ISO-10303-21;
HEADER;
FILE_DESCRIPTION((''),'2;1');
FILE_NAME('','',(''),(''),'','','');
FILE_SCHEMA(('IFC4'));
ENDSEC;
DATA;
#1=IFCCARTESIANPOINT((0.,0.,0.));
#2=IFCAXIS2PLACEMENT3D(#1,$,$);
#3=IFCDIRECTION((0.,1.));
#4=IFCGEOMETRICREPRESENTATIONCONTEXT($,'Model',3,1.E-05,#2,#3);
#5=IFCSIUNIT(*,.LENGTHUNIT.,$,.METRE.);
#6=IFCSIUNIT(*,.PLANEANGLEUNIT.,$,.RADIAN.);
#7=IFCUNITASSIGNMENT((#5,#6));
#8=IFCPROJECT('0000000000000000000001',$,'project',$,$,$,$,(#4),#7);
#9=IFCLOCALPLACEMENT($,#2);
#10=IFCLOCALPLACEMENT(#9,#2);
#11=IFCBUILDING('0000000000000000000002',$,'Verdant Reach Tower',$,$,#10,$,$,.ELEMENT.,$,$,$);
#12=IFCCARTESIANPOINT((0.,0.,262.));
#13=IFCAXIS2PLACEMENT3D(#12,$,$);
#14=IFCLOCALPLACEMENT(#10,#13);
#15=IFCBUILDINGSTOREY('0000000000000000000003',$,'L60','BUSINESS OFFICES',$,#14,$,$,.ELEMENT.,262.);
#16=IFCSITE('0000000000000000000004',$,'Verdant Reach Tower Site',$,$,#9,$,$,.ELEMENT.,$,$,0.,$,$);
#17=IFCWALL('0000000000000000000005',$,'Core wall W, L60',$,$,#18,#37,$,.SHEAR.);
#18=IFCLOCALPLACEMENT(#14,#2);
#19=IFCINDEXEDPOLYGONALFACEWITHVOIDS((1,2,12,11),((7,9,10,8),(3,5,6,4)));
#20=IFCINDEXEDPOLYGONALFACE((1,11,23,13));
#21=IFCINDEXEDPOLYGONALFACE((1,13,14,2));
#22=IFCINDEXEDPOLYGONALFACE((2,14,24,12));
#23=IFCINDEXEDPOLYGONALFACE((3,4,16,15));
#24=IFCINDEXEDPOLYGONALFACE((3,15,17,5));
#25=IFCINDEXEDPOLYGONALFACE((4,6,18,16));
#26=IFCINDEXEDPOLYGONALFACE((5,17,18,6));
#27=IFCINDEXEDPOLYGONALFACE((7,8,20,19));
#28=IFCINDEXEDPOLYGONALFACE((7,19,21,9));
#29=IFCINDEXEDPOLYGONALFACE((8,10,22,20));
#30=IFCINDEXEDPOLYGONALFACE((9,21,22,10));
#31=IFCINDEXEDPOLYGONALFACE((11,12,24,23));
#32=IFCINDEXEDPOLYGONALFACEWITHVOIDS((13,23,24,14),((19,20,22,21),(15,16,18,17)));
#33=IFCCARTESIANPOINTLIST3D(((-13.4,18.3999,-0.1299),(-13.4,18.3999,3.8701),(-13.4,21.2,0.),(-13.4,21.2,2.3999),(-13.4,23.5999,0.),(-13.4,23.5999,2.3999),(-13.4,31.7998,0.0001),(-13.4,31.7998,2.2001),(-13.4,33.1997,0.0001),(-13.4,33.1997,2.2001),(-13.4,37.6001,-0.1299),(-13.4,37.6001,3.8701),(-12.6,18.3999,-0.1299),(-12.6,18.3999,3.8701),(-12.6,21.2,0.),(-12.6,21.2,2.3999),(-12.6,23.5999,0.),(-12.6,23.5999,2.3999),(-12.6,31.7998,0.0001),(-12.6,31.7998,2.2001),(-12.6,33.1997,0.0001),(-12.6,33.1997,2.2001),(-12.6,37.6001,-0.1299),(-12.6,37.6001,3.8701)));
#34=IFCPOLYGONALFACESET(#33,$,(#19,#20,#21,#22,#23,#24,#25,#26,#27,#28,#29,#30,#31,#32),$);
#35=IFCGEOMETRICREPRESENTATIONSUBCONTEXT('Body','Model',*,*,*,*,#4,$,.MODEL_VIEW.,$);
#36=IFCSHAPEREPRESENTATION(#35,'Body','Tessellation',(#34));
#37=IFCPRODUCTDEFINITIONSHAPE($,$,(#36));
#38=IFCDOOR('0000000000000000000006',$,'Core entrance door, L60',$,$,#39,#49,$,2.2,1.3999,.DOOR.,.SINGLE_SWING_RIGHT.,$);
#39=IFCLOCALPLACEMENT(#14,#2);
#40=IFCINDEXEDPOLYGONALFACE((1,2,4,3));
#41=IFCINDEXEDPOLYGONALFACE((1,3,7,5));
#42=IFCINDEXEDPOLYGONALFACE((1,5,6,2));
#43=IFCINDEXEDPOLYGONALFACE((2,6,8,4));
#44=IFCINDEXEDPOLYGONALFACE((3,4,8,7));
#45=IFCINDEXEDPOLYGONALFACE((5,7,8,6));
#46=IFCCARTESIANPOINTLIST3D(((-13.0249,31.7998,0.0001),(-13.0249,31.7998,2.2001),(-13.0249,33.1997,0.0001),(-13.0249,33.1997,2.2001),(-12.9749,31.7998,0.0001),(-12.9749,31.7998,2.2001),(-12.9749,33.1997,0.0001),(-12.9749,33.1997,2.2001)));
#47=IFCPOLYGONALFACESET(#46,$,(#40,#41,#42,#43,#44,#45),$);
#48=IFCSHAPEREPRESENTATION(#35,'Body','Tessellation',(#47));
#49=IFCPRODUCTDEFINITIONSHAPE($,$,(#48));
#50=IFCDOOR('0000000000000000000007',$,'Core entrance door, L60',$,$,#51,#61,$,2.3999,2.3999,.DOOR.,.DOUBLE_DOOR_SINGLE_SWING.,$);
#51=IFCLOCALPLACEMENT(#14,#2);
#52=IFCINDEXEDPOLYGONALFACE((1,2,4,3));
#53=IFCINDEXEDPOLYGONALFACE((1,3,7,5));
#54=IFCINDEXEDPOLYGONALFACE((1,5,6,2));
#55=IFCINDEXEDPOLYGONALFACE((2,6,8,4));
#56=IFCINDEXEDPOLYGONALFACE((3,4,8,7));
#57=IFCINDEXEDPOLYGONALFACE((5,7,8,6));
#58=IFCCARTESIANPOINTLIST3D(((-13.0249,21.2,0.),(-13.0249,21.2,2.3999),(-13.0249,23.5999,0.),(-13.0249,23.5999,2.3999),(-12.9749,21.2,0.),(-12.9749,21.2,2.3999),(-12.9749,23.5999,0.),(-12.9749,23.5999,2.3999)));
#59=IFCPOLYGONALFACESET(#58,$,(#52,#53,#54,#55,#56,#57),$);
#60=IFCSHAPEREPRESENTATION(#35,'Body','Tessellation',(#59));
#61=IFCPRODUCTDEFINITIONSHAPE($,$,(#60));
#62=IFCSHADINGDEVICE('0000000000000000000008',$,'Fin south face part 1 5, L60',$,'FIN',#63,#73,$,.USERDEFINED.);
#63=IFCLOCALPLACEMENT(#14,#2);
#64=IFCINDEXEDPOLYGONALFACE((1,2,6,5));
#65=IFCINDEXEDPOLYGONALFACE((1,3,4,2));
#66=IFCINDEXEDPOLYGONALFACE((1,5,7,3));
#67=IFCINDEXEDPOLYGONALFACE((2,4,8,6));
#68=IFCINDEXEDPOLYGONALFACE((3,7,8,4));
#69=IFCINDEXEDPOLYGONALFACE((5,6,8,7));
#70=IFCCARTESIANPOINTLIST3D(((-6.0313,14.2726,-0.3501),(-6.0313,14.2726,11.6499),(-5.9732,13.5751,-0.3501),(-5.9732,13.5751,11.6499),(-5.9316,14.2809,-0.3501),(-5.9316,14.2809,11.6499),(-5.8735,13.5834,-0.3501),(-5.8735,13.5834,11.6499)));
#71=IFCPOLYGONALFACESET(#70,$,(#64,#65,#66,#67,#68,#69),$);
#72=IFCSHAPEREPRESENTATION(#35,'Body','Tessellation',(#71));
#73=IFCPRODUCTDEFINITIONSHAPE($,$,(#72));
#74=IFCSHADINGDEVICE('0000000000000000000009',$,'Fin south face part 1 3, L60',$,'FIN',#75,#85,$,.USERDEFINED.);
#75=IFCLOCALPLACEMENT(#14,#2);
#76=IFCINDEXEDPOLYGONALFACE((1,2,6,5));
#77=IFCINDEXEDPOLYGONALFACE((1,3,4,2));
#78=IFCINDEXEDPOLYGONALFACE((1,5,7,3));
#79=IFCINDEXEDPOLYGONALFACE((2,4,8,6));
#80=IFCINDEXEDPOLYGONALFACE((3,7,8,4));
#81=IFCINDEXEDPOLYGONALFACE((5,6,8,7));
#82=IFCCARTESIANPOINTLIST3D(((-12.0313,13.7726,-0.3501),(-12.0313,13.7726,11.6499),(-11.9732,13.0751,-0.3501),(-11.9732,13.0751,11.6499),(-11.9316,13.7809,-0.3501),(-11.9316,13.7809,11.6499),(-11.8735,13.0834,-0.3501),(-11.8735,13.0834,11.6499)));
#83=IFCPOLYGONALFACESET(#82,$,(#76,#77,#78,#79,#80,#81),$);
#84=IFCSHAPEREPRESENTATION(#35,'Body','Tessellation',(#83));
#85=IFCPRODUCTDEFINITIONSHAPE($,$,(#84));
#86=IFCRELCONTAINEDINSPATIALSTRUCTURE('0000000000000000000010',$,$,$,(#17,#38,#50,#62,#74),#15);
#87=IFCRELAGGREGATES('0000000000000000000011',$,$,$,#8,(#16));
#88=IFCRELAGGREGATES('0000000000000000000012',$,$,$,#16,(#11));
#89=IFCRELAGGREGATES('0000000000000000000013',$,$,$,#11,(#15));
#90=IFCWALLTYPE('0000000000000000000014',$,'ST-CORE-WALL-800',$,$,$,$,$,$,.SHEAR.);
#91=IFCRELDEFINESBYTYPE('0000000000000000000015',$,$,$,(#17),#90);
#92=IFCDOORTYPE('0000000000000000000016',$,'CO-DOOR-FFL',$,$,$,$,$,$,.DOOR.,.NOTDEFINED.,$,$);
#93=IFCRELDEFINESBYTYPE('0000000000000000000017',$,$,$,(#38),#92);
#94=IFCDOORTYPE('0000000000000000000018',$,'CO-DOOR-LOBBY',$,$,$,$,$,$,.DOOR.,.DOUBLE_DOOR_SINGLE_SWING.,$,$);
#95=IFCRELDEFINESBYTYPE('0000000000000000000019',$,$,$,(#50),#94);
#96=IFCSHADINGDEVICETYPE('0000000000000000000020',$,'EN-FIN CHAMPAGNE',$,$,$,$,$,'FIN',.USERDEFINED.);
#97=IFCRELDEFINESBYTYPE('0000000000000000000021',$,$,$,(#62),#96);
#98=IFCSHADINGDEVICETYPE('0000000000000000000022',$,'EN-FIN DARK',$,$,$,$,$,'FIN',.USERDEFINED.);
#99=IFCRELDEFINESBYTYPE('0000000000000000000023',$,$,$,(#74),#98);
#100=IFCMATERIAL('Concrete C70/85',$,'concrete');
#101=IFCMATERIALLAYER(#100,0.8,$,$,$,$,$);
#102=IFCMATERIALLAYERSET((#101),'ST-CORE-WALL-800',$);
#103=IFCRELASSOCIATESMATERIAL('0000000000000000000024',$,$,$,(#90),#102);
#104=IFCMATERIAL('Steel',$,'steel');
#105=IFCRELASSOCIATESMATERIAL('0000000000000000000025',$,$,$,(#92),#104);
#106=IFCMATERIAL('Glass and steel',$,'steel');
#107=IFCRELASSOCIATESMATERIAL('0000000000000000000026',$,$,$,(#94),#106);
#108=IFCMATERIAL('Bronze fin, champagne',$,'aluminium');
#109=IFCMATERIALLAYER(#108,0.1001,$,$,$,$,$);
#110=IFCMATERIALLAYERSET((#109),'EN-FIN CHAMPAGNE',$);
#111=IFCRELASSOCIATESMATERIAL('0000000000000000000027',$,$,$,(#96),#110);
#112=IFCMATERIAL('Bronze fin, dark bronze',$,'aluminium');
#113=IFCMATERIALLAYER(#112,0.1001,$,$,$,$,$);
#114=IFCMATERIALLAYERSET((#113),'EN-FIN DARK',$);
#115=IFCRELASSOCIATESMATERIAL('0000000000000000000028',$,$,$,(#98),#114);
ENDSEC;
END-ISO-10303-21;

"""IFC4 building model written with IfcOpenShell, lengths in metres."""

from ifc_helpers import new_model, si_unit, direction, frame, frame_2d, origin, origin_2d, place, context, subcontext, project, spatial, rectangle, extrude, material, layer, layer_set, type_object, element, fill, save


model = new_model("IFC4")

# Units and contexts
model_context = context("Model", 3, precision=1e-05, world=origin(), true_north=direction((0.0, 1.0)))
body_context = subcontext(model_context, "Body", "Model", "MODEL_VIEW")
ifc_project = project(units=[si_unit("LENGTHUNIT", "METRE"), si_unit("PLANEANGLEUNIT", "RADIAN")], contexts=[model_context])

# Site, building, storey
site_placement = place(None, origin())
site = spatial("IfcSite", under=ifc_project, at=site_placement, Name="Verdant Reach Tower Site", CompositionType="ELEMENT", RefElevation=0.0)
building_placement = place(site_placement, origin())
building = spatial("IfcBuilding", under=site, at=building_placement, Name="Verdant Reach Tower", CompositionType="ELEMENT")
storey_placement = place(building_placement, frame((0.0, 0.0, 262.0)))
storey = spatial("IfcBuildingStorey", under=building, at=storey_placement, Name="L60", Description="BUSINESS OFFICES", CompositionType="ELEMENT", Elevation=262.0)

# Shared definitions
ifc_material_1 = material(Name="Concrete C70/85", Category="concrete")
ifc_material_2 = material(Name="Steel", Category="steel")

# Shared definitions
ifc_layer_1 = layer(ifc_material_1, 0.8)
ifc_layer_set_1 = layer_set([ifc_layer_1], Name="ST-CORE-WALL-800")
wall_type_1 = type_object("IfcWallType", Name="ST-CORE-WALL-800", PredefinedType="SHEAR", material=ifc_layer_set_1)

# Wall, openings, doors
wall_1_placement = place(storey_placement, frame((-13.0, 18.3999, -0.1299), z_axis=(0.0, 0.0, 1.0), x_axis=(0.0, 1.0, 0.0)))
wall_1 = element("IfcWall", 1, at=wall_1_placement, inside=storey, type_object=wall_type_1, Name="Core wall W, L60", PredefinedType="SHEAR", context=body_context, shape_type="SweptSolid", body=[
    extrude(rectangle(XDim=19.2002, YDim=0.8, at=frame_2d((9.6001, 0.0))), origin(), (0.0, 0.0, 1.0), 4.0),
])
opening_1_placement = place(wall_1_placement, frame((2.8, 0.0, 0.1299)))
opening_1 = element("IfcOpeningElement", 2, at=opening_1_placement, cuts=wall_1, PredefinedType="OPENING", context=body_context, shape_type="SweptSolid", body=[
    extrude(rectangle(XDim=2.3999, YDim=2.3999, at=frame_2d((1.2, 1.2))), frame((0.0, 0.4099, 0.0), z_axis=(0.0, -1.0, 0.0), x_axis=(1.0, 0.0, 0.0)), (0.0, 0.0, 1.0), 0.8201),
])
opening_2_placement = place(wall_1_placement, frame((13.3999, 0.0, 0.1299)))
opening_2 = element("IfcOpeningElement", 3, at=opening_2_placement, cuts=wall_1, PredefinedType="OPENING", context=body_context, shape_type="SweptSolid", body=[
    extrude(rectangle(XDim=1.3999, YDim=2.2, at=frame_2d((0.7, 1.1001))), frame((0.0, 0.4099, 0.0), z_axis=(0.0, -1.0, 0.0), x_axis=(1.0, 0.0, 0.0)), (0.0, 0.0, 1.0), 0.8201),
])
door_type_1 = type_object("IfcDoorType", Name="CO-DOOR-FFL", OperationType="NOTDEFINED", PredefinedType="DOOR", material=ifc_material_2)
door_1_placement = place(opening_2_placement, origin())
door_1 = element("IfcDoor", 4, at=door_1_placement, inside=storey, type_object=door_type_1, Name="Core entrance door, L60", OperationType="SINGLE_SWING_RIGHT", OverallHeight=2.2, OverallWidth=1.3999, PredefinedType="DOOR", context=body_context, shape_type="SweptSolid", body=[
    extrude(rectangle(XDim=1.3999, YDim=2.2, at=frame_2d((0.7, 1.1001))), frame((0.0, 0.0249, 0.0), z_axis=(0.0, -1.0, 0.0), x_axis=(1.0, 0.0, 0.0)), (0.0, 0.0, 1.0), 0.05),
])
fill(opening_2, door_1)
ifc_material_3 = material(Name="Glass and steel", Category="steel")
door_type_2 = type_object("IfcDoorType", Name="CO-DOOR-LOBBY", OperationType="DOUBLE_DOOR_SINGLE_SWING", PredefinedType="DOOR", material=ifc_material_3)
door_2_placement = place(opening_1_placement, origin())
door_2 = element("IfcDoor", 5, at=door_2_placement, inside=storey, type_object=door_type_2, Name="Core entrance door, L60", OperationType="DOUBLE_DOOR_SINGLE_SWING", OverallHeight=2.3999, OverallWidth=2.3999, PredefinedType="DOOR", context=body_context, shape_type="SweptSolid", body=[
    extrude(rectangle(XDim=2.3999, YDim=2.3999, at=frame_2d((1.2, 1.2))), frame((0.0, 0.0249, 0.0), z_axis=(0.0, -1.0, 0.0), x_axis=(1.0, 0.0, 0.0)), (0.0, 0.0, 1.0), 0.05),
])
fill(opening_1, door_2)

# Shading devices
ifc_material_4 = material(Name="Bronze fin, champagne", Category="aluminium")
ifc_layer_2 = layer(ifc_material_4, 0.1001)
ifc_layer_set_2 = layer_set([ifc_layer_2], Name="EN-FIN CHAMPAGNE")
shading_device_type_1 = type_object("IfcShadingDeviceType", Name="EN-FIN CHAMPAGNE", ElementType="FIN", PredefinedType="USERDEFINED", material=ifc_layer_set_2)
shading_device_1_placement = place(storey_placement, frame((-5.9524, 13.928, -0.3501), z_axis=(0.0, 0.0, 1.0), x_axis=(0.996546, 0.083045, 0.0)))
element("IfcShadingDevice", 6, at=shading_device_1_placement, inside=storey, type_object=shading_device_type_1, Name="Fin south face part 1 5, L60", ObjectType="FIN", PredefinedType="USERDEFINED", context=body_context, shape_type="SweptSolid", body=[
    extrude(rectangle(XDim=0.1001, YDim=0.7, at=origin_2d()), origin(), (0.0, 0.0, 1.0), 12.0),
])
ifc_material_5 = material(Name="Bronze fin, dark bronze", Category="aluminium")
ifc_layer_3 = layer(ifc_material_5, 0.1001)
ifc_layer_set_3 = layer_set([ifc_layer_3], Name="EN-FIN DARK")
shading_device_type_2 = type_object("IfcShadingDeviceType", Name="EN-FIN DARK", ElementType="FIN", PredefinedType="USERDEFINED", material=ifc_layer_set_3)
shading_device_2_placement = place(storey_placement, frame((-11.9524, 13.428, -0.3501), z_axis=(0.0, 0.0, 1.0), x_axis=(0.996546, 0.083045, 0.0)))
element("IfcShadingDevice", 7, at=shading_device_2_placement, inside=storey, type_object=shading_device_type_2, Name="Fin south face part 1 3, L60", ObjectType="FIN", PredefinedType="USERDEFINED", context=body_context, shape_type="SweptSolid", body=[
    extrude(rectangle(XDim=0.1001, YDim=0.7, at=origin_2d()), origin(), (0.0, 0.0, 1.0), 12.0),
])

save(model, "model.ifc")
